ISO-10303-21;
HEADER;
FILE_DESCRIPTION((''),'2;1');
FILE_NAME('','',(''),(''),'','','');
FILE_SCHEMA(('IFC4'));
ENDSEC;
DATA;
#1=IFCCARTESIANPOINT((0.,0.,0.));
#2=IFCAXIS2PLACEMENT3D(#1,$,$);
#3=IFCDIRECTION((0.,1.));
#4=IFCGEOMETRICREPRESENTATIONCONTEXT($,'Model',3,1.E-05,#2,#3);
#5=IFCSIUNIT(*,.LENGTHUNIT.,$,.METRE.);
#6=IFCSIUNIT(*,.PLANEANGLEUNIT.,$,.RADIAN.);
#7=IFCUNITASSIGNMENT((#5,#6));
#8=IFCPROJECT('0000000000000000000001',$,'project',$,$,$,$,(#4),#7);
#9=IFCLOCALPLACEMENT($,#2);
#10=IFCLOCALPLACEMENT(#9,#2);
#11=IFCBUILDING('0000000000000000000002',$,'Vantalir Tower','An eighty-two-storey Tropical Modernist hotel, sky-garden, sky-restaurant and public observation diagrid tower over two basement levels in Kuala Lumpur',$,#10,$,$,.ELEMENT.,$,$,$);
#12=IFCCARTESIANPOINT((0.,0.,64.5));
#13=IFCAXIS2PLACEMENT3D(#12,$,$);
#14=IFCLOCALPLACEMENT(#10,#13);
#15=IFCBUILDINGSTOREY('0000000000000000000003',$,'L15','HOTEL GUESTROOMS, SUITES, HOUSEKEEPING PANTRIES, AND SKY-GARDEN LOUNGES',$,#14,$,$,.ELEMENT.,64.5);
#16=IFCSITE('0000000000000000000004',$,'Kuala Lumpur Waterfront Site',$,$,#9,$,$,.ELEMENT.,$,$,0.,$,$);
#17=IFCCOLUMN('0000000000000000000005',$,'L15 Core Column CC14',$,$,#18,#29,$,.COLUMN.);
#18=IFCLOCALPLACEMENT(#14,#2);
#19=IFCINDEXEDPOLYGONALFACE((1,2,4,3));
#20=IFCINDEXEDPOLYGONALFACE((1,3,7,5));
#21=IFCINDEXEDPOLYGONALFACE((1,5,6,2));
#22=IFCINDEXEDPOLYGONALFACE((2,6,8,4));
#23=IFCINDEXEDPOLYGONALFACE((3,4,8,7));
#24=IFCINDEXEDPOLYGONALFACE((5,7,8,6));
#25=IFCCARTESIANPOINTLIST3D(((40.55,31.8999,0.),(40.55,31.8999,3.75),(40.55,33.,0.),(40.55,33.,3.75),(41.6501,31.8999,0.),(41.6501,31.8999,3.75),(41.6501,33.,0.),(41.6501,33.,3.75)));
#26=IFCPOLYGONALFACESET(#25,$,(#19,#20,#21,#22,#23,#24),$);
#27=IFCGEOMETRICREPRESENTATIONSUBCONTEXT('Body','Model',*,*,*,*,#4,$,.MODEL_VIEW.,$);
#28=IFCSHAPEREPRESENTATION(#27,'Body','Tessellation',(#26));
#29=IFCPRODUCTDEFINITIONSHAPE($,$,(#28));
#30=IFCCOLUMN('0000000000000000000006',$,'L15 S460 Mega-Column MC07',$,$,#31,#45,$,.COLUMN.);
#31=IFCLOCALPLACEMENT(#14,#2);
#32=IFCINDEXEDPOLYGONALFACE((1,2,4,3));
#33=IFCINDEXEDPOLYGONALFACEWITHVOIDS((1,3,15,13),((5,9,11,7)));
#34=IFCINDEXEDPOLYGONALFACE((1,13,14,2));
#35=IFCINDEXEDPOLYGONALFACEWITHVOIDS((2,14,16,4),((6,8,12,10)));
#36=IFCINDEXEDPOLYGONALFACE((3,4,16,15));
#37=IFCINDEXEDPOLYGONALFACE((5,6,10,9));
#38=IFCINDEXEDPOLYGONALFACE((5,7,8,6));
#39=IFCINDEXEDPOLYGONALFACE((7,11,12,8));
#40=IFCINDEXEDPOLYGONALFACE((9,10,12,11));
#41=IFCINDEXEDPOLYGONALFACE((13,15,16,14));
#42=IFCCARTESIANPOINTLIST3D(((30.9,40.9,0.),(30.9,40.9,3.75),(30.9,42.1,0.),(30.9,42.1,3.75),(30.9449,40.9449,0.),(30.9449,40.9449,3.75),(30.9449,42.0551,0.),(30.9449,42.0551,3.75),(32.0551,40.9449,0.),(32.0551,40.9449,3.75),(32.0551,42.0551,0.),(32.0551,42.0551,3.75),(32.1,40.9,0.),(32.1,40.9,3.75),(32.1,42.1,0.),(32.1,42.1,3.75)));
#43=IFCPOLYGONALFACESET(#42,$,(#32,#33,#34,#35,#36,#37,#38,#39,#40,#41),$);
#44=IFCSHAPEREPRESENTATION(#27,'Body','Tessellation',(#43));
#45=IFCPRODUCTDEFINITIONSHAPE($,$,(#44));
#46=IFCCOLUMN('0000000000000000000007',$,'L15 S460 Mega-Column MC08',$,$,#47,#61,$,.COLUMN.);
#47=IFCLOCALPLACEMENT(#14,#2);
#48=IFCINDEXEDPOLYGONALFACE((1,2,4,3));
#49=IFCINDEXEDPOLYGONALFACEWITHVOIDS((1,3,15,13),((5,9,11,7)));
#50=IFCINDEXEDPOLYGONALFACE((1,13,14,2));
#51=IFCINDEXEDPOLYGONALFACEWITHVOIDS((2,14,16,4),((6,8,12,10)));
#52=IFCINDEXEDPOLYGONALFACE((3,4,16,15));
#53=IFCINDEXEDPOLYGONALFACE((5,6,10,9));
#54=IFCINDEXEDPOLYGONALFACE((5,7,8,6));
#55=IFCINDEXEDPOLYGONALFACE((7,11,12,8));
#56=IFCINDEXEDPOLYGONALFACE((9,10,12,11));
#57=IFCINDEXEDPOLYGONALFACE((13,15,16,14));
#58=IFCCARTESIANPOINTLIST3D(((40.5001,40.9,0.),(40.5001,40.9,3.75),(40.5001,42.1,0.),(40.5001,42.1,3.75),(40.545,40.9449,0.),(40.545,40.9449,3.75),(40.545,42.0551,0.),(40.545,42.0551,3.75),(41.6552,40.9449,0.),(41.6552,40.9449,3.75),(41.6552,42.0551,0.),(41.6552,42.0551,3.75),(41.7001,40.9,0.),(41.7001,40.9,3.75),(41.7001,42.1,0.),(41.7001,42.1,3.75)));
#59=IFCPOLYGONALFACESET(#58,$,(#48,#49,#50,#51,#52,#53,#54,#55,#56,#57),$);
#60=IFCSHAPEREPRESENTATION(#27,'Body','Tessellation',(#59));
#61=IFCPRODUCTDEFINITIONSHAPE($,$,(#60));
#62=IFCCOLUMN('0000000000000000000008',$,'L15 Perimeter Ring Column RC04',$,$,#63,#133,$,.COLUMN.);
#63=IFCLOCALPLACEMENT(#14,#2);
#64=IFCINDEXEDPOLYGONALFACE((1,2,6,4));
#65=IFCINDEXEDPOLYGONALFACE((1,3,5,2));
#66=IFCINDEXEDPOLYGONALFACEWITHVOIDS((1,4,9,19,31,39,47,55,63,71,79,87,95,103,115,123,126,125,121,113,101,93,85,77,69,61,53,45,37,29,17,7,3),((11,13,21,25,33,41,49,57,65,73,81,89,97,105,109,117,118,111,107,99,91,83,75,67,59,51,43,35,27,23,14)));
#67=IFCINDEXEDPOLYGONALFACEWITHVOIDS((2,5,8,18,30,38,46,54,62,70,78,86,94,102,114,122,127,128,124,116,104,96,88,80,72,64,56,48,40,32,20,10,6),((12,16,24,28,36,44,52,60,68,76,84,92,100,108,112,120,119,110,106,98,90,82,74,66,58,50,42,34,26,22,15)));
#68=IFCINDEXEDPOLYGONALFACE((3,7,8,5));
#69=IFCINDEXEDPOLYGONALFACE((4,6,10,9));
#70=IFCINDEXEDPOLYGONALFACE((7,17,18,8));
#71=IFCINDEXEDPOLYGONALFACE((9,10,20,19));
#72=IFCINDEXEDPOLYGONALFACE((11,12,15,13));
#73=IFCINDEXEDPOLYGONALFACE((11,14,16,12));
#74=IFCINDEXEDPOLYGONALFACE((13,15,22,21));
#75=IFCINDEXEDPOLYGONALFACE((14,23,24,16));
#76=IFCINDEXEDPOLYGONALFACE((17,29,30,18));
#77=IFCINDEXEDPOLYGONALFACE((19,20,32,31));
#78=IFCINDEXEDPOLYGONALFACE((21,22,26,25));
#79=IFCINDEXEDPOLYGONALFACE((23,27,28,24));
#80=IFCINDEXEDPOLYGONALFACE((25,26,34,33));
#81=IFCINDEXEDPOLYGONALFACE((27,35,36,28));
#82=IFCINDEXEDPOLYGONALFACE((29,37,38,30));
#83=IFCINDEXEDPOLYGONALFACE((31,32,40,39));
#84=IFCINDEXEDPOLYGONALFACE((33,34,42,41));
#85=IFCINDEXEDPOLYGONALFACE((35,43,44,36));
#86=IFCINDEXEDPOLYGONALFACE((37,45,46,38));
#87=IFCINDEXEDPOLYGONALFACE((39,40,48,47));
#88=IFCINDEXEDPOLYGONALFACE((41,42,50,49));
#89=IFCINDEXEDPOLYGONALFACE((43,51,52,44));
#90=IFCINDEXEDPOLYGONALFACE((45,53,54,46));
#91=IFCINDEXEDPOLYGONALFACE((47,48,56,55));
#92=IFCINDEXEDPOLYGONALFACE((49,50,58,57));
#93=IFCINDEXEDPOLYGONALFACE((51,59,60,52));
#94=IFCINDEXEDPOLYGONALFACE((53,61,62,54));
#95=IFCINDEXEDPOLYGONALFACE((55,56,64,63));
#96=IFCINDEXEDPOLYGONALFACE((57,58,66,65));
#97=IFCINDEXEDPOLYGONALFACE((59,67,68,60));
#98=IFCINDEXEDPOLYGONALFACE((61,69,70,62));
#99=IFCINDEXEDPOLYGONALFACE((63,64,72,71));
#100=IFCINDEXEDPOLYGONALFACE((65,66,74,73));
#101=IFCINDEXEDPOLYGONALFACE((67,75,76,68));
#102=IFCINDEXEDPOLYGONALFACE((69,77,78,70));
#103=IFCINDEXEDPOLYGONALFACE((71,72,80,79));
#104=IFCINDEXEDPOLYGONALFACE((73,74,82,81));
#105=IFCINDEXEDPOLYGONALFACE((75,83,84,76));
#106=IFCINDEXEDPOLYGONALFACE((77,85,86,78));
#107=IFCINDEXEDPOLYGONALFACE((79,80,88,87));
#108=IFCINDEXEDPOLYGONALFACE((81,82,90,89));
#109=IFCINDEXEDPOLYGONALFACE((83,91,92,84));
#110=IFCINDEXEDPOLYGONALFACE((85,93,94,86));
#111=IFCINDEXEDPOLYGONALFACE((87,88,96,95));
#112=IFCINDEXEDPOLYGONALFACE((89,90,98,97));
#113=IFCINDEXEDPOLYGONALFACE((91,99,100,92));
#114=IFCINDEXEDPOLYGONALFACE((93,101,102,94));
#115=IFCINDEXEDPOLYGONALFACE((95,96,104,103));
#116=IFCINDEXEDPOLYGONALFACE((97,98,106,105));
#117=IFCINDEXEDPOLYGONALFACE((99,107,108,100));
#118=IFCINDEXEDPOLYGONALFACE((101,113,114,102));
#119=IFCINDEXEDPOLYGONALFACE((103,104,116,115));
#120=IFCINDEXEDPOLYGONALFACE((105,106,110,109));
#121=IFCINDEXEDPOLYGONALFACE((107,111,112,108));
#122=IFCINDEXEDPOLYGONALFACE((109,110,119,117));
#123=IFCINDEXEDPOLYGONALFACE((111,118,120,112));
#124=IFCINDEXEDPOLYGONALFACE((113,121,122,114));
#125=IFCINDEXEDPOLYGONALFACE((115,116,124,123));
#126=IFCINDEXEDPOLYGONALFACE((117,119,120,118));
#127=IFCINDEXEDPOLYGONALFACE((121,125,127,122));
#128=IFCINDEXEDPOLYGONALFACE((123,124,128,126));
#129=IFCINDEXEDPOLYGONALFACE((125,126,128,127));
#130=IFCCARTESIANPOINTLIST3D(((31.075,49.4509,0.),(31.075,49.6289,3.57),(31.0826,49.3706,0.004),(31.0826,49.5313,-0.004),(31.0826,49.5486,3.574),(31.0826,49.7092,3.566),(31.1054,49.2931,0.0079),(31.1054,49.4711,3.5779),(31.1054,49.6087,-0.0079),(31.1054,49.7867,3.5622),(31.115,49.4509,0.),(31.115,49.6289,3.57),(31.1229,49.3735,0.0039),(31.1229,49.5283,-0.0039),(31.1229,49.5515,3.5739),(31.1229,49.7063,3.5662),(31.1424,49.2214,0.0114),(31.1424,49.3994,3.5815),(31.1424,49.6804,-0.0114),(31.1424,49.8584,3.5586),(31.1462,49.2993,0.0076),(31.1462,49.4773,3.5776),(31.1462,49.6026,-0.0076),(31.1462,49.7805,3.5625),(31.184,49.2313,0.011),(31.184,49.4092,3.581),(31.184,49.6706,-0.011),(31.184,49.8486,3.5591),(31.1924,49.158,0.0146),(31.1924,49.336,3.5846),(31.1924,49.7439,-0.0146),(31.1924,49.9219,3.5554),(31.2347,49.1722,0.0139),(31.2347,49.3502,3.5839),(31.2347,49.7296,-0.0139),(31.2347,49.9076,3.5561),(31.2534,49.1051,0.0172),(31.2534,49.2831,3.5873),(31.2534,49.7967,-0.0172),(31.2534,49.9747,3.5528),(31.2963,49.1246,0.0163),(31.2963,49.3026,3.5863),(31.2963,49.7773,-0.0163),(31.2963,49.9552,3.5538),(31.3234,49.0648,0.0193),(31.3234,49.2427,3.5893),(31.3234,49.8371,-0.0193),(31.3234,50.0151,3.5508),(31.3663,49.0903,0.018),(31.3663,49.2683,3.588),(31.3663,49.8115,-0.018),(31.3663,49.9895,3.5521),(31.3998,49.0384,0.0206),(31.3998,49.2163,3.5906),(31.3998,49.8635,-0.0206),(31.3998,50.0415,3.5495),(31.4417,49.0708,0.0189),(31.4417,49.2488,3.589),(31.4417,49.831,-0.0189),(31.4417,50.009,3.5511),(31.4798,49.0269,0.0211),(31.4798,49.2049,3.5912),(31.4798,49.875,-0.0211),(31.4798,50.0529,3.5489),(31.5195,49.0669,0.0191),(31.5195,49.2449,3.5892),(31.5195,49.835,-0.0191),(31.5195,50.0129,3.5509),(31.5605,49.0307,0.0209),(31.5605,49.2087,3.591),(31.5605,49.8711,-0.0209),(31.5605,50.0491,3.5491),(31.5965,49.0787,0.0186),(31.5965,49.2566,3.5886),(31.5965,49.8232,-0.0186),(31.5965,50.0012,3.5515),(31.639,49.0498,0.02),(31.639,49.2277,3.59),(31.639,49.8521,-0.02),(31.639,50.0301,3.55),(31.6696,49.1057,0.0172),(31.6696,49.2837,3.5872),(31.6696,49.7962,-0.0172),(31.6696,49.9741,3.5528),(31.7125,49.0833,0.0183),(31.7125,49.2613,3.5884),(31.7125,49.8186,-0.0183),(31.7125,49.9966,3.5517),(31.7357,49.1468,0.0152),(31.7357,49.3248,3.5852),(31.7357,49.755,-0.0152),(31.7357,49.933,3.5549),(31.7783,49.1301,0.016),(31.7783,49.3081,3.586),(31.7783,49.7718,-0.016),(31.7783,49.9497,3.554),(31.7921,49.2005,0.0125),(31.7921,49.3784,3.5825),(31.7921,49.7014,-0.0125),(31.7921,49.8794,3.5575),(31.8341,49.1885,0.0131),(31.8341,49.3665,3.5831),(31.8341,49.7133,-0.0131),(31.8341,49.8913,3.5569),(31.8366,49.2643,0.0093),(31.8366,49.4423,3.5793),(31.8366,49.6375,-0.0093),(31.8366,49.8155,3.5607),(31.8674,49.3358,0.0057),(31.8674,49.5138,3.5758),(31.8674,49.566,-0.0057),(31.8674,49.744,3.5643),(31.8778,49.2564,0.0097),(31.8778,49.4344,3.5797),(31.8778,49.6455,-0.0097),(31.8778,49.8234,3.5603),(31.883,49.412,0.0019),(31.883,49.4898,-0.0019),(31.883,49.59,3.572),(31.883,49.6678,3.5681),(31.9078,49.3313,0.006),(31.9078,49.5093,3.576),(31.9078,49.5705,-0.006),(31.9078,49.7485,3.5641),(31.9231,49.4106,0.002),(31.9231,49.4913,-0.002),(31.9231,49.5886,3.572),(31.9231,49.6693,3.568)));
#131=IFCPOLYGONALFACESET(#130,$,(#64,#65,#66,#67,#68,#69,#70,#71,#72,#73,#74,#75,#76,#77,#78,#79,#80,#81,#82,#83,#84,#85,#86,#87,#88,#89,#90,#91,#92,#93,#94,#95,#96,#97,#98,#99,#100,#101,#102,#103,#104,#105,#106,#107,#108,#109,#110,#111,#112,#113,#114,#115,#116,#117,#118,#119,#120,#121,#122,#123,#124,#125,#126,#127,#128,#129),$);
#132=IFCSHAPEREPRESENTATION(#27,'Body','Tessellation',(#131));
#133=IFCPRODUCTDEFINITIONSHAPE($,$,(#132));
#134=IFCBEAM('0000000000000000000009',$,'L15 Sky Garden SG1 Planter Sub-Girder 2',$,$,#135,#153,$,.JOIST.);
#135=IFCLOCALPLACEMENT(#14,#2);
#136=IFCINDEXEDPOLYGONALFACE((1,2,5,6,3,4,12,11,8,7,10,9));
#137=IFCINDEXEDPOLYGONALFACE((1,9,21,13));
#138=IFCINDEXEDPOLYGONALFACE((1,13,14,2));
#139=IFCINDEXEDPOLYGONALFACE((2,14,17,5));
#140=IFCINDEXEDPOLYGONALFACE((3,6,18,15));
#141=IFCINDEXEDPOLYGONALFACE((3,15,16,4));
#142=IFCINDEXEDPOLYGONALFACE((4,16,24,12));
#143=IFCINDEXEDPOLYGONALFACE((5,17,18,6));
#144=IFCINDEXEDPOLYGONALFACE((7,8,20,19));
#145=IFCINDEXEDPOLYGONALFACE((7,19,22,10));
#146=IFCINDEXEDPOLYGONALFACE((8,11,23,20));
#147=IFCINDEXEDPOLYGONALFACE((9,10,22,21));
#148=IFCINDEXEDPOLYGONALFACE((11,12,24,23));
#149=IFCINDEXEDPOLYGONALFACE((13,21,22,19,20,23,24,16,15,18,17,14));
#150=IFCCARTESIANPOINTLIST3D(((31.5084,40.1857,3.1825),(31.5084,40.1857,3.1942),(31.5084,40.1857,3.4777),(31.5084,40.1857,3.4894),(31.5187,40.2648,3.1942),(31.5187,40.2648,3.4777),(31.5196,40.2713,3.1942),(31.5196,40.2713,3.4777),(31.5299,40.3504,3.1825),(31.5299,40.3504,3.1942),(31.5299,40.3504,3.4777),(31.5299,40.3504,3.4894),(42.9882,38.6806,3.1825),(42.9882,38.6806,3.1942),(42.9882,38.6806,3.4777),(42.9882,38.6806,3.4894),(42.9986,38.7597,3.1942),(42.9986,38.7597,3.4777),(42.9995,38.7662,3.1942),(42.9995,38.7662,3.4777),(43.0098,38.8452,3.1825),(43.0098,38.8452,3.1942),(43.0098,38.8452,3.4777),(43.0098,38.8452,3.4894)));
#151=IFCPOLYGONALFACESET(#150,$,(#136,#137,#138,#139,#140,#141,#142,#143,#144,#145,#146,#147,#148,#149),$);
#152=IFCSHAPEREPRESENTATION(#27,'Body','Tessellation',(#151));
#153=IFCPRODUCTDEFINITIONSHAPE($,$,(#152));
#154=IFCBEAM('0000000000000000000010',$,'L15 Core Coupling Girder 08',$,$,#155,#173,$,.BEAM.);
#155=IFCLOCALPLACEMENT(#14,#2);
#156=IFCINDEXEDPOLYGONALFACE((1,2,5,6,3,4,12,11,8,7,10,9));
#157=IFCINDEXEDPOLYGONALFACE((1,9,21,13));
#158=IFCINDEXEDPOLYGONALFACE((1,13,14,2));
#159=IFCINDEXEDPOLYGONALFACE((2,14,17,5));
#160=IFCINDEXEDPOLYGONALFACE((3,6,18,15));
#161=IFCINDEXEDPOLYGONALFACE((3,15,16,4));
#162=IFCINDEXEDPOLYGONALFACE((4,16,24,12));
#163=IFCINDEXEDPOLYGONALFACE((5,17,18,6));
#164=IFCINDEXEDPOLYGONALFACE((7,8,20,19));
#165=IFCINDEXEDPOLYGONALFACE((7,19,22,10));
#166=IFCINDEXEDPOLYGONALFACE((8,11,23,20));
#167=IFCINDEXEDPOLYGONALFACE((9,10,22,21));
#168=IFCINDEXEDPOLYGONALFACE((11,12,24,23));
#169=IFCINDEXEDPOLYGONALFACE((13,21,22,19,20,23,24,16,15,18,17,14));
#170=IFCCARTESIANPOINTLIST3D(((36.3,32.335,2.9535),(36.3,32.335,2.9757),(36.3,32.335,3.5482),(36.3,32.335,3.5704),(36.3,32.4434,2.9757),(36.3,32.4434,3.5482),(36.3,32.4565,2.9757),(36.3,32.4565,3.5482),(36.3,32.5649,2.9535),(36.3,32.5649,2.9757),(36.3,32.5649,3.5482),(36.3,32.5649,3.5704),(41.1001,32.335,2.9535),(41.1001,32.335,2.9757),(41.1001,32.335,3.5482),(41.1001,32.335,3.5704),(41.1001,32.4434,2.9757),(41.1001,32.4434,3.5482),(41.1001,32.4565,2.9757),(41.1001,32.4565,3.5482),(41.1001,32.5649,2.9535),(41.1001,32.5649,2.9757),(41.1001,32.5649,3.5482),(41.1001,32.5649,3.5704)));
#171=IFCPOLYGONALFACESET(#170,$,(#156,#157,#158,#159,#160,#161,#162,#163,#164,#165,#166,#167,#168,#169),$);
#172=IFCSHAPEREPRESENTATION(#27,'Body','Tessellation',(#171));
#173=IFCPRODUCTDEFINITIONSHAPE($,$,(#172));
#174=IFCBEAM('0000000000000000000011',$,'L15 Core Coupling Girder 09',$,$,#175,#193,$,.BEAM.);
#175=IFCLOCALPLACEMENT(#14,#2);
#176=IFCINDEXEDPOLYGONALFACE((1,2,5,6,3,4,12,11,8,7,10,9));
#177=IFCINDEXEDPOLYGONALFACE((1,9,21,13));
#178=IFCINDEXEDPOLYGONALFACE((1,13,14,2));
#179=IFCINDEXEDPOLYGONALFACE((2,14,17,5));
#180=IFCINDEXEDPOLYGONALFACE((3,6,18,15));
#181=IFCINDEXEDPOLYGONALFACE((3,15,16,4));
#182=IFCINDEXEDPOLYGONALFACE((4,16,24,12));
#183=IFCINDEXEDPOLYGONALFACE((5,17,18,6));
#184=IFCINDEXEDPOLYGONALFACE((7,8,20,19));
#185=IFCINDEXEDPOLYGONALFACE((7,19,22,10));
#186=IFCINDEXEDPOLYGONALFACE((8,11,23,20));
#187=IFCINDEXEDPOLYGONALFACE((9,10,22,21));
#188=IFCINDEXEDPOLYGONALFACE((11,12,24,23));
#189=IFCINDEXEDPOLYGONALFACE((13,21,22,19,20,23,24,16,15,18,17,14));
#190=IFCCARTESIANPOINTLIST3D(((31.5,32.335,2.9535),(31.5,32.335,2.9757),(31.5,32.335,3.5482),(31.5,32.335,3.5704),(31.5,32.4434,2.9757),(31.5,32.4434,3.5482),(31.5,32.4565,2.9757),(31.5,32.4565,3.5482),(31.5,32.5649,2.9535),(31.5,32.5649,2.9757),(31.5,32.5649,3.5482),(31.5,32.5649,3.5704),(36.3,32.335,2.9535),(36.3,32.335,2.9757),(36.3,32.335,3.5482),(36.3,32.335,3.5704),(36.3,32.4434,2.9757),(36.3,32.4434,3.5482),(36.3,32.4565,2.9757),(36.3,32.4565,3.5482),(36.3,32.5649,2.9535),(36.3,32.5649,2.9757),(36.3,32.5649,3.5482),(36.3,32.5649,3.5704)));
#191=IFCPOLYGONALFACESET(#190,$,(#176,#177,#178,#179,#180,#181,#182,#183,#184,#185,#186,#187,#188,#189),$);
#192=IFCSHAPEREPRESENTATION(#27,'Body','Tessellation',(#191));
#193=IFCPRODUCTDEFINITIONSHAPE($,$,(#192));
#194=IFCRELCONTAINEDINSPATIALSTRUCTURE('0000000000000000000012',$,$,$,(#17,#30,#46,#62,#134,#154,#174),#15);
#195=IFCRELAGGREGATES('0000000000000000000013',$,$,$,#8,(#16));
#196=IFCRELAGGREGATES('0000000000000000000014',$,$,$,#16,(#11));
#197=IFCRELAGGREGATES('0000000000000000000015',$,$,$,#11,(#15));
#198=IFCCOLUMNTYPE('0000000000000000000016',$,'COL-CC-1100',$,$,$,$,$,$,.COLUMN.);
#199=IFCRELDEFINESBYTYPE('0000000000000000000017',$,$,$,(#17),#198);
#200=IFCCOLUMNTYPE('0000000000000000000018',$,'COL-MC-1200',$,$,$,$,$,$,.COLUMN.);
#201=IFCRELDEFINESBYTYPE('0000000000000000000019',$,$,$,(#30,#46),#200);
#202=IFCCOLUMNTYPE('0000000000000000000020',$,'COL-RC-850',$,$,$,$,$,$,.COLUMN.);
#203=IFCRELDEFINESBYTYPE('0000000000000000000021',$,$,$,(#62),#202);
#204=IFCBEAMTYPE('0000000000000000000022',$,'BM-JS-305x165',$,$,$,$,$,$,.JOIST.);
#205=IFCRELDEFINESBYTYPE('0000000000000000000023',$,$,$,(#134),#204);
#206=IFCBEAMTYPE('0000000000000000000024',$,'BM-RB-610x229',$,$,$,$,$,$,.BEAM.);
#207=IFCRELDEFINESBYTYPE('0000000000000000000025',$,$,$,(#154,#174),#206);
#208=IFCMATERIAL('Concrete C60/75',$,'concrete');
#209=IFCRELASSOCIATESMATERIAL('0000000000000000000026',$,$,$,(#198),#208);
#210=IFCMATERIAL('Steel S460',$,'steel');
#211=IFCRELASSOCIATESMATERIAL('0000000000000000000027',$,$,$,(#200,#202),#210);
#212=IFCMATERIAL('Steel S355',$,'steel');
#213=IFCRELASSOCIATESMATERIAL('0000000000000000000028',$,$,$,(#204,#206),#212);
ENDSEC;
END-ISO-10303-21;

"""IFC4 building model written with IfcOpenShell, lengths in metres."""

from ifc_helpers import new_model, si_unit, direction, frame, origin, origin_2d, place, context, subcontext, project, spatial, rectangle, hollow_rectangle, hollow_circle, i_section, extrude, material, material_profile, profile_set, type_object, element, save


model = new_model("IFC4")

# Units and contexts
model_context = context("Model", 3, precision=1e-05, world=origin(), true_north=direction((0.0, 1.0)))
body_context = subcontext(model_context, "Body", "Model", "MODEL_VIEW")
ifc_project = project(units=[si_unit("LENGTHUNIT", "METRE"), si_unit("PLANEANGLEUNIT", "RADIAN")], contexts=[model_context])

# Site, building, storey
site_placement = place(None, origin())
site = spatial("IfcSite", under=ifc_project, at=site_placement, Name="Kuala Lumpur Waterfront Site", CompositionType="ELEMENT", RefElevation=0.0)
building_placement = place(site_placement, origin())
building = spatial("IfcBuilding", under=site, at=building_placement, Name="Vantalir Tower", Description="An eighty-two-storey Tropical Modernist hotel, sky-garden, sky-restaurant and public observation diagrid tower over two basement levels in Kuala Lumpur", CompositionType="ELEMENT")
storey_placement = place(building_placement, frame((0.0, 0.0, 64.5)))
storey = spatial("IfcBuildingStorey", under=building, at=storey_placement, Name="L15", Description="HOTEL GUESTROOMS, SUITES, HOUSEKEEPING PANTRIES, AND SKY-GARDEN LOUNGES", CompositionType="ELEMENT", Elevation=64.5)

# Columns
ifc_material_1 = material(Name="Concrete C60/75", Category="concrete")
ifc_material_profile_1 = material_profile(ifc_material_1, rectangle(XDim=1.1001, YDim=1.1001, at=origin_2d()), Name="Concrete C60/75")
ifc_profile_set_1 = profile_set([ifc_material_profile_1], Name="Concrete C60/75")
column_type_1 = type_object("IfcColumnType", Name="COL-CC-1100", PredefinedType="COLUMN", material=ifc_profile_set_1)
column_1_placement = place(storey_placement, frame((41.1001, 32.45, 0.0), z_axis=(0.0, 0.0, 1.0), x_axis=(1.0, 0.0, 0.0)))
element("IfcColumn", 1, at=column_1_placement, inside=storey, type_object=column_type_1, Name="L15 Core Column CC14", PredefinedType="COLUMN", context=body_context, shape_type="SweptSolid", body=[
    extrude(rectangle(XDim=1.1001, YDim=1.1001, at=origin_2d()), origin(), (0.0, 0.0, 1.0), 3.75),
])
ifc_material_2 = material(Name="Steel S460", Category="steel")
ifc_material_profile_2 = material_profile(ifc_material_2, hollow_rectangle(XDim=1.2, YDim=1.2, WallThickness=0.0449, at=origin_2d()), Name="Steel S460")
ifc_profile_set_2 = profile_set([ifc_material_profile_2], Name="Steel S460")
column_type_2 = type_object("IfcColumnType", Name="COL-MC-1200", PredefinedType="COLUMN", material=ifc_profile_set_2)
for number, where, z_axis, x_axis, name in (
    (2, (31.5, 41.5, 0.0), (0.0, 0.0, 1.0), (1.0, 0.0, 0.0), "L15 S460 Mega-Column MC07"),
    (3, (41.1001, 41.5, 0.0), (0.0, 0.0, 1.0), (1.0, 0.0, 0.0), "L15 S460 Mega-Column MC08"),
):
    element("IfcColumn", number, at=place(storey_placement, frame(where, z_axis=z_axis, x_axis=x_axis)), inside=storey, type_object=column_type_2, Name=name, PredefinedType="COLUMN", context=body_context, shape_type="SweptSolid", body=[
        extrude(hollow_rectangle(XDim=1.2, YDim=1.2, WallThickness=0.0449, at=origin_2d()), origin(), (0.0, 0.0, 1.0), 3.75),
    ])
ifc_material_profile_3 = material_profile(ifc_material_2, hollow_circle(Radius=0.425, WallThickness=0.04, at=origin_2d()), Name="Steel S460")
ifc_profile_set_3 = profile_set([ifc_material_profile_3], Name="Steel S460")
column_type_3 = type_object("IfcColumnType", Name="COL-RC-850", PredefinedType="COLUMN", material=ifc_profile_set_3)
column_2_placement = place(storey_placement, frame((31.5, 49.4509, 0.0), z_axis=(0.0, 0.049791, 0.99876), x_axis=(-1.0, 0.0, 0.0)))
element("IfcColumn", 4, at=column_2_placement, inside=storey, type_object=column_type_3, Name="L15 Perimeter Ring Column RC04", PredefinedType="COLUMN", context=body_context, shape_type="SweptSolid", body=[
    extrude(hollow_circle(Radius=0.425, WallThickness=0.04, at=origin_2d()), origin(), (0.0, 0.0, 1.0), 3.5745),
])

# Beams
ifc_material_3 = material(Name="Steel S355", Category="steel")
ifc_material_profile_4 = material_profile(ifc_material_3, i_section(OverallWidth=0.166, OverallDepth=0.3069, WebThickness=0.0066, FlangeThickness=0.0117, at=origin_2d()), Name="Steel S355")
ifc_profile_set_4 = profile_set([ifc_material_profile_4], Name="Steel S355")
beam_type_1 = type_object("IfcBeamType", Name="BM-JS-305x165", PredefinedType="JOIST", material=ifc_profile_set_4)
beam_1_placement = place(storey_placement, frame((42.999, 38.7629, 3.3359), z_axis=(-0.991514, 0.129996, 0.0), x_axis=(-0.129996, -0.991514, 0.0)))
element("IfcBeam", 5, at=beam_1_placement, inside=storey, type_object=beam_type_1, Name="L15 Sky Garden SG1 Planter Sub-Girder 2", PredefinedType="JOIST", context=body_context, shape_type="SweptSolid", body=[
    extrude(i_section(OverallWidth=0.166, OverallDepth=0.3069, WebThickness=0.0066, FlangeThickness=0.0117, at=origin_2d()), origin(), (0.0, 0.0, 1.0), 11.5781),
])
ifc_material_profile_5 = material_profile(ifc_material_3, i_section(OverallWidth=0.23, OverallDepth=0.6169, WebThickness=0.0132, FlangeThickness=0.0222, at=origin_2d()), Name="Steel S355")
ifc_profile_set_5 = profile_set([ifc_material_profile_5], Name="Steel S355")
beam_type_2 = type_object("IfcBeamType", Name="BM-RB-610x229", PredefinedType="BEAM", material=ifc_profile_set_5)
for number, where, z_axis, x_axis, name in (
    (6, (41.1001, 32.45, 3.262), (-1.0, 0.0, 0.0), (0.0, -1.0, 0.0), "L15 Core Coupling Girder 08"),
    (7, (36.3, 32.45, 3.262), (-1.0, 0.0, 0.0), (0.0, -1.0, 0.0), "L15 Core Coupling Girder 09"),
):
    element("IfcBeam", number, at=place(storey_placement, frame(where, z_axis=z_axis, x_axis=x_axis)), inside=storey, type_object=beam_type_2, Name=name, PredefinedType="BEAM", context=body_context, shape_type="SweptSolid", body=[
        extrude(i_section(OverallWidth=0.23, OverallDepth=0.6169, WebThickness=0.0132, FlangeThickness=0.0222, at=origin_2d()), origin(), (0.0, 0.0, 1.0), 4.8),
    ])

save(model, "model.ifc")
